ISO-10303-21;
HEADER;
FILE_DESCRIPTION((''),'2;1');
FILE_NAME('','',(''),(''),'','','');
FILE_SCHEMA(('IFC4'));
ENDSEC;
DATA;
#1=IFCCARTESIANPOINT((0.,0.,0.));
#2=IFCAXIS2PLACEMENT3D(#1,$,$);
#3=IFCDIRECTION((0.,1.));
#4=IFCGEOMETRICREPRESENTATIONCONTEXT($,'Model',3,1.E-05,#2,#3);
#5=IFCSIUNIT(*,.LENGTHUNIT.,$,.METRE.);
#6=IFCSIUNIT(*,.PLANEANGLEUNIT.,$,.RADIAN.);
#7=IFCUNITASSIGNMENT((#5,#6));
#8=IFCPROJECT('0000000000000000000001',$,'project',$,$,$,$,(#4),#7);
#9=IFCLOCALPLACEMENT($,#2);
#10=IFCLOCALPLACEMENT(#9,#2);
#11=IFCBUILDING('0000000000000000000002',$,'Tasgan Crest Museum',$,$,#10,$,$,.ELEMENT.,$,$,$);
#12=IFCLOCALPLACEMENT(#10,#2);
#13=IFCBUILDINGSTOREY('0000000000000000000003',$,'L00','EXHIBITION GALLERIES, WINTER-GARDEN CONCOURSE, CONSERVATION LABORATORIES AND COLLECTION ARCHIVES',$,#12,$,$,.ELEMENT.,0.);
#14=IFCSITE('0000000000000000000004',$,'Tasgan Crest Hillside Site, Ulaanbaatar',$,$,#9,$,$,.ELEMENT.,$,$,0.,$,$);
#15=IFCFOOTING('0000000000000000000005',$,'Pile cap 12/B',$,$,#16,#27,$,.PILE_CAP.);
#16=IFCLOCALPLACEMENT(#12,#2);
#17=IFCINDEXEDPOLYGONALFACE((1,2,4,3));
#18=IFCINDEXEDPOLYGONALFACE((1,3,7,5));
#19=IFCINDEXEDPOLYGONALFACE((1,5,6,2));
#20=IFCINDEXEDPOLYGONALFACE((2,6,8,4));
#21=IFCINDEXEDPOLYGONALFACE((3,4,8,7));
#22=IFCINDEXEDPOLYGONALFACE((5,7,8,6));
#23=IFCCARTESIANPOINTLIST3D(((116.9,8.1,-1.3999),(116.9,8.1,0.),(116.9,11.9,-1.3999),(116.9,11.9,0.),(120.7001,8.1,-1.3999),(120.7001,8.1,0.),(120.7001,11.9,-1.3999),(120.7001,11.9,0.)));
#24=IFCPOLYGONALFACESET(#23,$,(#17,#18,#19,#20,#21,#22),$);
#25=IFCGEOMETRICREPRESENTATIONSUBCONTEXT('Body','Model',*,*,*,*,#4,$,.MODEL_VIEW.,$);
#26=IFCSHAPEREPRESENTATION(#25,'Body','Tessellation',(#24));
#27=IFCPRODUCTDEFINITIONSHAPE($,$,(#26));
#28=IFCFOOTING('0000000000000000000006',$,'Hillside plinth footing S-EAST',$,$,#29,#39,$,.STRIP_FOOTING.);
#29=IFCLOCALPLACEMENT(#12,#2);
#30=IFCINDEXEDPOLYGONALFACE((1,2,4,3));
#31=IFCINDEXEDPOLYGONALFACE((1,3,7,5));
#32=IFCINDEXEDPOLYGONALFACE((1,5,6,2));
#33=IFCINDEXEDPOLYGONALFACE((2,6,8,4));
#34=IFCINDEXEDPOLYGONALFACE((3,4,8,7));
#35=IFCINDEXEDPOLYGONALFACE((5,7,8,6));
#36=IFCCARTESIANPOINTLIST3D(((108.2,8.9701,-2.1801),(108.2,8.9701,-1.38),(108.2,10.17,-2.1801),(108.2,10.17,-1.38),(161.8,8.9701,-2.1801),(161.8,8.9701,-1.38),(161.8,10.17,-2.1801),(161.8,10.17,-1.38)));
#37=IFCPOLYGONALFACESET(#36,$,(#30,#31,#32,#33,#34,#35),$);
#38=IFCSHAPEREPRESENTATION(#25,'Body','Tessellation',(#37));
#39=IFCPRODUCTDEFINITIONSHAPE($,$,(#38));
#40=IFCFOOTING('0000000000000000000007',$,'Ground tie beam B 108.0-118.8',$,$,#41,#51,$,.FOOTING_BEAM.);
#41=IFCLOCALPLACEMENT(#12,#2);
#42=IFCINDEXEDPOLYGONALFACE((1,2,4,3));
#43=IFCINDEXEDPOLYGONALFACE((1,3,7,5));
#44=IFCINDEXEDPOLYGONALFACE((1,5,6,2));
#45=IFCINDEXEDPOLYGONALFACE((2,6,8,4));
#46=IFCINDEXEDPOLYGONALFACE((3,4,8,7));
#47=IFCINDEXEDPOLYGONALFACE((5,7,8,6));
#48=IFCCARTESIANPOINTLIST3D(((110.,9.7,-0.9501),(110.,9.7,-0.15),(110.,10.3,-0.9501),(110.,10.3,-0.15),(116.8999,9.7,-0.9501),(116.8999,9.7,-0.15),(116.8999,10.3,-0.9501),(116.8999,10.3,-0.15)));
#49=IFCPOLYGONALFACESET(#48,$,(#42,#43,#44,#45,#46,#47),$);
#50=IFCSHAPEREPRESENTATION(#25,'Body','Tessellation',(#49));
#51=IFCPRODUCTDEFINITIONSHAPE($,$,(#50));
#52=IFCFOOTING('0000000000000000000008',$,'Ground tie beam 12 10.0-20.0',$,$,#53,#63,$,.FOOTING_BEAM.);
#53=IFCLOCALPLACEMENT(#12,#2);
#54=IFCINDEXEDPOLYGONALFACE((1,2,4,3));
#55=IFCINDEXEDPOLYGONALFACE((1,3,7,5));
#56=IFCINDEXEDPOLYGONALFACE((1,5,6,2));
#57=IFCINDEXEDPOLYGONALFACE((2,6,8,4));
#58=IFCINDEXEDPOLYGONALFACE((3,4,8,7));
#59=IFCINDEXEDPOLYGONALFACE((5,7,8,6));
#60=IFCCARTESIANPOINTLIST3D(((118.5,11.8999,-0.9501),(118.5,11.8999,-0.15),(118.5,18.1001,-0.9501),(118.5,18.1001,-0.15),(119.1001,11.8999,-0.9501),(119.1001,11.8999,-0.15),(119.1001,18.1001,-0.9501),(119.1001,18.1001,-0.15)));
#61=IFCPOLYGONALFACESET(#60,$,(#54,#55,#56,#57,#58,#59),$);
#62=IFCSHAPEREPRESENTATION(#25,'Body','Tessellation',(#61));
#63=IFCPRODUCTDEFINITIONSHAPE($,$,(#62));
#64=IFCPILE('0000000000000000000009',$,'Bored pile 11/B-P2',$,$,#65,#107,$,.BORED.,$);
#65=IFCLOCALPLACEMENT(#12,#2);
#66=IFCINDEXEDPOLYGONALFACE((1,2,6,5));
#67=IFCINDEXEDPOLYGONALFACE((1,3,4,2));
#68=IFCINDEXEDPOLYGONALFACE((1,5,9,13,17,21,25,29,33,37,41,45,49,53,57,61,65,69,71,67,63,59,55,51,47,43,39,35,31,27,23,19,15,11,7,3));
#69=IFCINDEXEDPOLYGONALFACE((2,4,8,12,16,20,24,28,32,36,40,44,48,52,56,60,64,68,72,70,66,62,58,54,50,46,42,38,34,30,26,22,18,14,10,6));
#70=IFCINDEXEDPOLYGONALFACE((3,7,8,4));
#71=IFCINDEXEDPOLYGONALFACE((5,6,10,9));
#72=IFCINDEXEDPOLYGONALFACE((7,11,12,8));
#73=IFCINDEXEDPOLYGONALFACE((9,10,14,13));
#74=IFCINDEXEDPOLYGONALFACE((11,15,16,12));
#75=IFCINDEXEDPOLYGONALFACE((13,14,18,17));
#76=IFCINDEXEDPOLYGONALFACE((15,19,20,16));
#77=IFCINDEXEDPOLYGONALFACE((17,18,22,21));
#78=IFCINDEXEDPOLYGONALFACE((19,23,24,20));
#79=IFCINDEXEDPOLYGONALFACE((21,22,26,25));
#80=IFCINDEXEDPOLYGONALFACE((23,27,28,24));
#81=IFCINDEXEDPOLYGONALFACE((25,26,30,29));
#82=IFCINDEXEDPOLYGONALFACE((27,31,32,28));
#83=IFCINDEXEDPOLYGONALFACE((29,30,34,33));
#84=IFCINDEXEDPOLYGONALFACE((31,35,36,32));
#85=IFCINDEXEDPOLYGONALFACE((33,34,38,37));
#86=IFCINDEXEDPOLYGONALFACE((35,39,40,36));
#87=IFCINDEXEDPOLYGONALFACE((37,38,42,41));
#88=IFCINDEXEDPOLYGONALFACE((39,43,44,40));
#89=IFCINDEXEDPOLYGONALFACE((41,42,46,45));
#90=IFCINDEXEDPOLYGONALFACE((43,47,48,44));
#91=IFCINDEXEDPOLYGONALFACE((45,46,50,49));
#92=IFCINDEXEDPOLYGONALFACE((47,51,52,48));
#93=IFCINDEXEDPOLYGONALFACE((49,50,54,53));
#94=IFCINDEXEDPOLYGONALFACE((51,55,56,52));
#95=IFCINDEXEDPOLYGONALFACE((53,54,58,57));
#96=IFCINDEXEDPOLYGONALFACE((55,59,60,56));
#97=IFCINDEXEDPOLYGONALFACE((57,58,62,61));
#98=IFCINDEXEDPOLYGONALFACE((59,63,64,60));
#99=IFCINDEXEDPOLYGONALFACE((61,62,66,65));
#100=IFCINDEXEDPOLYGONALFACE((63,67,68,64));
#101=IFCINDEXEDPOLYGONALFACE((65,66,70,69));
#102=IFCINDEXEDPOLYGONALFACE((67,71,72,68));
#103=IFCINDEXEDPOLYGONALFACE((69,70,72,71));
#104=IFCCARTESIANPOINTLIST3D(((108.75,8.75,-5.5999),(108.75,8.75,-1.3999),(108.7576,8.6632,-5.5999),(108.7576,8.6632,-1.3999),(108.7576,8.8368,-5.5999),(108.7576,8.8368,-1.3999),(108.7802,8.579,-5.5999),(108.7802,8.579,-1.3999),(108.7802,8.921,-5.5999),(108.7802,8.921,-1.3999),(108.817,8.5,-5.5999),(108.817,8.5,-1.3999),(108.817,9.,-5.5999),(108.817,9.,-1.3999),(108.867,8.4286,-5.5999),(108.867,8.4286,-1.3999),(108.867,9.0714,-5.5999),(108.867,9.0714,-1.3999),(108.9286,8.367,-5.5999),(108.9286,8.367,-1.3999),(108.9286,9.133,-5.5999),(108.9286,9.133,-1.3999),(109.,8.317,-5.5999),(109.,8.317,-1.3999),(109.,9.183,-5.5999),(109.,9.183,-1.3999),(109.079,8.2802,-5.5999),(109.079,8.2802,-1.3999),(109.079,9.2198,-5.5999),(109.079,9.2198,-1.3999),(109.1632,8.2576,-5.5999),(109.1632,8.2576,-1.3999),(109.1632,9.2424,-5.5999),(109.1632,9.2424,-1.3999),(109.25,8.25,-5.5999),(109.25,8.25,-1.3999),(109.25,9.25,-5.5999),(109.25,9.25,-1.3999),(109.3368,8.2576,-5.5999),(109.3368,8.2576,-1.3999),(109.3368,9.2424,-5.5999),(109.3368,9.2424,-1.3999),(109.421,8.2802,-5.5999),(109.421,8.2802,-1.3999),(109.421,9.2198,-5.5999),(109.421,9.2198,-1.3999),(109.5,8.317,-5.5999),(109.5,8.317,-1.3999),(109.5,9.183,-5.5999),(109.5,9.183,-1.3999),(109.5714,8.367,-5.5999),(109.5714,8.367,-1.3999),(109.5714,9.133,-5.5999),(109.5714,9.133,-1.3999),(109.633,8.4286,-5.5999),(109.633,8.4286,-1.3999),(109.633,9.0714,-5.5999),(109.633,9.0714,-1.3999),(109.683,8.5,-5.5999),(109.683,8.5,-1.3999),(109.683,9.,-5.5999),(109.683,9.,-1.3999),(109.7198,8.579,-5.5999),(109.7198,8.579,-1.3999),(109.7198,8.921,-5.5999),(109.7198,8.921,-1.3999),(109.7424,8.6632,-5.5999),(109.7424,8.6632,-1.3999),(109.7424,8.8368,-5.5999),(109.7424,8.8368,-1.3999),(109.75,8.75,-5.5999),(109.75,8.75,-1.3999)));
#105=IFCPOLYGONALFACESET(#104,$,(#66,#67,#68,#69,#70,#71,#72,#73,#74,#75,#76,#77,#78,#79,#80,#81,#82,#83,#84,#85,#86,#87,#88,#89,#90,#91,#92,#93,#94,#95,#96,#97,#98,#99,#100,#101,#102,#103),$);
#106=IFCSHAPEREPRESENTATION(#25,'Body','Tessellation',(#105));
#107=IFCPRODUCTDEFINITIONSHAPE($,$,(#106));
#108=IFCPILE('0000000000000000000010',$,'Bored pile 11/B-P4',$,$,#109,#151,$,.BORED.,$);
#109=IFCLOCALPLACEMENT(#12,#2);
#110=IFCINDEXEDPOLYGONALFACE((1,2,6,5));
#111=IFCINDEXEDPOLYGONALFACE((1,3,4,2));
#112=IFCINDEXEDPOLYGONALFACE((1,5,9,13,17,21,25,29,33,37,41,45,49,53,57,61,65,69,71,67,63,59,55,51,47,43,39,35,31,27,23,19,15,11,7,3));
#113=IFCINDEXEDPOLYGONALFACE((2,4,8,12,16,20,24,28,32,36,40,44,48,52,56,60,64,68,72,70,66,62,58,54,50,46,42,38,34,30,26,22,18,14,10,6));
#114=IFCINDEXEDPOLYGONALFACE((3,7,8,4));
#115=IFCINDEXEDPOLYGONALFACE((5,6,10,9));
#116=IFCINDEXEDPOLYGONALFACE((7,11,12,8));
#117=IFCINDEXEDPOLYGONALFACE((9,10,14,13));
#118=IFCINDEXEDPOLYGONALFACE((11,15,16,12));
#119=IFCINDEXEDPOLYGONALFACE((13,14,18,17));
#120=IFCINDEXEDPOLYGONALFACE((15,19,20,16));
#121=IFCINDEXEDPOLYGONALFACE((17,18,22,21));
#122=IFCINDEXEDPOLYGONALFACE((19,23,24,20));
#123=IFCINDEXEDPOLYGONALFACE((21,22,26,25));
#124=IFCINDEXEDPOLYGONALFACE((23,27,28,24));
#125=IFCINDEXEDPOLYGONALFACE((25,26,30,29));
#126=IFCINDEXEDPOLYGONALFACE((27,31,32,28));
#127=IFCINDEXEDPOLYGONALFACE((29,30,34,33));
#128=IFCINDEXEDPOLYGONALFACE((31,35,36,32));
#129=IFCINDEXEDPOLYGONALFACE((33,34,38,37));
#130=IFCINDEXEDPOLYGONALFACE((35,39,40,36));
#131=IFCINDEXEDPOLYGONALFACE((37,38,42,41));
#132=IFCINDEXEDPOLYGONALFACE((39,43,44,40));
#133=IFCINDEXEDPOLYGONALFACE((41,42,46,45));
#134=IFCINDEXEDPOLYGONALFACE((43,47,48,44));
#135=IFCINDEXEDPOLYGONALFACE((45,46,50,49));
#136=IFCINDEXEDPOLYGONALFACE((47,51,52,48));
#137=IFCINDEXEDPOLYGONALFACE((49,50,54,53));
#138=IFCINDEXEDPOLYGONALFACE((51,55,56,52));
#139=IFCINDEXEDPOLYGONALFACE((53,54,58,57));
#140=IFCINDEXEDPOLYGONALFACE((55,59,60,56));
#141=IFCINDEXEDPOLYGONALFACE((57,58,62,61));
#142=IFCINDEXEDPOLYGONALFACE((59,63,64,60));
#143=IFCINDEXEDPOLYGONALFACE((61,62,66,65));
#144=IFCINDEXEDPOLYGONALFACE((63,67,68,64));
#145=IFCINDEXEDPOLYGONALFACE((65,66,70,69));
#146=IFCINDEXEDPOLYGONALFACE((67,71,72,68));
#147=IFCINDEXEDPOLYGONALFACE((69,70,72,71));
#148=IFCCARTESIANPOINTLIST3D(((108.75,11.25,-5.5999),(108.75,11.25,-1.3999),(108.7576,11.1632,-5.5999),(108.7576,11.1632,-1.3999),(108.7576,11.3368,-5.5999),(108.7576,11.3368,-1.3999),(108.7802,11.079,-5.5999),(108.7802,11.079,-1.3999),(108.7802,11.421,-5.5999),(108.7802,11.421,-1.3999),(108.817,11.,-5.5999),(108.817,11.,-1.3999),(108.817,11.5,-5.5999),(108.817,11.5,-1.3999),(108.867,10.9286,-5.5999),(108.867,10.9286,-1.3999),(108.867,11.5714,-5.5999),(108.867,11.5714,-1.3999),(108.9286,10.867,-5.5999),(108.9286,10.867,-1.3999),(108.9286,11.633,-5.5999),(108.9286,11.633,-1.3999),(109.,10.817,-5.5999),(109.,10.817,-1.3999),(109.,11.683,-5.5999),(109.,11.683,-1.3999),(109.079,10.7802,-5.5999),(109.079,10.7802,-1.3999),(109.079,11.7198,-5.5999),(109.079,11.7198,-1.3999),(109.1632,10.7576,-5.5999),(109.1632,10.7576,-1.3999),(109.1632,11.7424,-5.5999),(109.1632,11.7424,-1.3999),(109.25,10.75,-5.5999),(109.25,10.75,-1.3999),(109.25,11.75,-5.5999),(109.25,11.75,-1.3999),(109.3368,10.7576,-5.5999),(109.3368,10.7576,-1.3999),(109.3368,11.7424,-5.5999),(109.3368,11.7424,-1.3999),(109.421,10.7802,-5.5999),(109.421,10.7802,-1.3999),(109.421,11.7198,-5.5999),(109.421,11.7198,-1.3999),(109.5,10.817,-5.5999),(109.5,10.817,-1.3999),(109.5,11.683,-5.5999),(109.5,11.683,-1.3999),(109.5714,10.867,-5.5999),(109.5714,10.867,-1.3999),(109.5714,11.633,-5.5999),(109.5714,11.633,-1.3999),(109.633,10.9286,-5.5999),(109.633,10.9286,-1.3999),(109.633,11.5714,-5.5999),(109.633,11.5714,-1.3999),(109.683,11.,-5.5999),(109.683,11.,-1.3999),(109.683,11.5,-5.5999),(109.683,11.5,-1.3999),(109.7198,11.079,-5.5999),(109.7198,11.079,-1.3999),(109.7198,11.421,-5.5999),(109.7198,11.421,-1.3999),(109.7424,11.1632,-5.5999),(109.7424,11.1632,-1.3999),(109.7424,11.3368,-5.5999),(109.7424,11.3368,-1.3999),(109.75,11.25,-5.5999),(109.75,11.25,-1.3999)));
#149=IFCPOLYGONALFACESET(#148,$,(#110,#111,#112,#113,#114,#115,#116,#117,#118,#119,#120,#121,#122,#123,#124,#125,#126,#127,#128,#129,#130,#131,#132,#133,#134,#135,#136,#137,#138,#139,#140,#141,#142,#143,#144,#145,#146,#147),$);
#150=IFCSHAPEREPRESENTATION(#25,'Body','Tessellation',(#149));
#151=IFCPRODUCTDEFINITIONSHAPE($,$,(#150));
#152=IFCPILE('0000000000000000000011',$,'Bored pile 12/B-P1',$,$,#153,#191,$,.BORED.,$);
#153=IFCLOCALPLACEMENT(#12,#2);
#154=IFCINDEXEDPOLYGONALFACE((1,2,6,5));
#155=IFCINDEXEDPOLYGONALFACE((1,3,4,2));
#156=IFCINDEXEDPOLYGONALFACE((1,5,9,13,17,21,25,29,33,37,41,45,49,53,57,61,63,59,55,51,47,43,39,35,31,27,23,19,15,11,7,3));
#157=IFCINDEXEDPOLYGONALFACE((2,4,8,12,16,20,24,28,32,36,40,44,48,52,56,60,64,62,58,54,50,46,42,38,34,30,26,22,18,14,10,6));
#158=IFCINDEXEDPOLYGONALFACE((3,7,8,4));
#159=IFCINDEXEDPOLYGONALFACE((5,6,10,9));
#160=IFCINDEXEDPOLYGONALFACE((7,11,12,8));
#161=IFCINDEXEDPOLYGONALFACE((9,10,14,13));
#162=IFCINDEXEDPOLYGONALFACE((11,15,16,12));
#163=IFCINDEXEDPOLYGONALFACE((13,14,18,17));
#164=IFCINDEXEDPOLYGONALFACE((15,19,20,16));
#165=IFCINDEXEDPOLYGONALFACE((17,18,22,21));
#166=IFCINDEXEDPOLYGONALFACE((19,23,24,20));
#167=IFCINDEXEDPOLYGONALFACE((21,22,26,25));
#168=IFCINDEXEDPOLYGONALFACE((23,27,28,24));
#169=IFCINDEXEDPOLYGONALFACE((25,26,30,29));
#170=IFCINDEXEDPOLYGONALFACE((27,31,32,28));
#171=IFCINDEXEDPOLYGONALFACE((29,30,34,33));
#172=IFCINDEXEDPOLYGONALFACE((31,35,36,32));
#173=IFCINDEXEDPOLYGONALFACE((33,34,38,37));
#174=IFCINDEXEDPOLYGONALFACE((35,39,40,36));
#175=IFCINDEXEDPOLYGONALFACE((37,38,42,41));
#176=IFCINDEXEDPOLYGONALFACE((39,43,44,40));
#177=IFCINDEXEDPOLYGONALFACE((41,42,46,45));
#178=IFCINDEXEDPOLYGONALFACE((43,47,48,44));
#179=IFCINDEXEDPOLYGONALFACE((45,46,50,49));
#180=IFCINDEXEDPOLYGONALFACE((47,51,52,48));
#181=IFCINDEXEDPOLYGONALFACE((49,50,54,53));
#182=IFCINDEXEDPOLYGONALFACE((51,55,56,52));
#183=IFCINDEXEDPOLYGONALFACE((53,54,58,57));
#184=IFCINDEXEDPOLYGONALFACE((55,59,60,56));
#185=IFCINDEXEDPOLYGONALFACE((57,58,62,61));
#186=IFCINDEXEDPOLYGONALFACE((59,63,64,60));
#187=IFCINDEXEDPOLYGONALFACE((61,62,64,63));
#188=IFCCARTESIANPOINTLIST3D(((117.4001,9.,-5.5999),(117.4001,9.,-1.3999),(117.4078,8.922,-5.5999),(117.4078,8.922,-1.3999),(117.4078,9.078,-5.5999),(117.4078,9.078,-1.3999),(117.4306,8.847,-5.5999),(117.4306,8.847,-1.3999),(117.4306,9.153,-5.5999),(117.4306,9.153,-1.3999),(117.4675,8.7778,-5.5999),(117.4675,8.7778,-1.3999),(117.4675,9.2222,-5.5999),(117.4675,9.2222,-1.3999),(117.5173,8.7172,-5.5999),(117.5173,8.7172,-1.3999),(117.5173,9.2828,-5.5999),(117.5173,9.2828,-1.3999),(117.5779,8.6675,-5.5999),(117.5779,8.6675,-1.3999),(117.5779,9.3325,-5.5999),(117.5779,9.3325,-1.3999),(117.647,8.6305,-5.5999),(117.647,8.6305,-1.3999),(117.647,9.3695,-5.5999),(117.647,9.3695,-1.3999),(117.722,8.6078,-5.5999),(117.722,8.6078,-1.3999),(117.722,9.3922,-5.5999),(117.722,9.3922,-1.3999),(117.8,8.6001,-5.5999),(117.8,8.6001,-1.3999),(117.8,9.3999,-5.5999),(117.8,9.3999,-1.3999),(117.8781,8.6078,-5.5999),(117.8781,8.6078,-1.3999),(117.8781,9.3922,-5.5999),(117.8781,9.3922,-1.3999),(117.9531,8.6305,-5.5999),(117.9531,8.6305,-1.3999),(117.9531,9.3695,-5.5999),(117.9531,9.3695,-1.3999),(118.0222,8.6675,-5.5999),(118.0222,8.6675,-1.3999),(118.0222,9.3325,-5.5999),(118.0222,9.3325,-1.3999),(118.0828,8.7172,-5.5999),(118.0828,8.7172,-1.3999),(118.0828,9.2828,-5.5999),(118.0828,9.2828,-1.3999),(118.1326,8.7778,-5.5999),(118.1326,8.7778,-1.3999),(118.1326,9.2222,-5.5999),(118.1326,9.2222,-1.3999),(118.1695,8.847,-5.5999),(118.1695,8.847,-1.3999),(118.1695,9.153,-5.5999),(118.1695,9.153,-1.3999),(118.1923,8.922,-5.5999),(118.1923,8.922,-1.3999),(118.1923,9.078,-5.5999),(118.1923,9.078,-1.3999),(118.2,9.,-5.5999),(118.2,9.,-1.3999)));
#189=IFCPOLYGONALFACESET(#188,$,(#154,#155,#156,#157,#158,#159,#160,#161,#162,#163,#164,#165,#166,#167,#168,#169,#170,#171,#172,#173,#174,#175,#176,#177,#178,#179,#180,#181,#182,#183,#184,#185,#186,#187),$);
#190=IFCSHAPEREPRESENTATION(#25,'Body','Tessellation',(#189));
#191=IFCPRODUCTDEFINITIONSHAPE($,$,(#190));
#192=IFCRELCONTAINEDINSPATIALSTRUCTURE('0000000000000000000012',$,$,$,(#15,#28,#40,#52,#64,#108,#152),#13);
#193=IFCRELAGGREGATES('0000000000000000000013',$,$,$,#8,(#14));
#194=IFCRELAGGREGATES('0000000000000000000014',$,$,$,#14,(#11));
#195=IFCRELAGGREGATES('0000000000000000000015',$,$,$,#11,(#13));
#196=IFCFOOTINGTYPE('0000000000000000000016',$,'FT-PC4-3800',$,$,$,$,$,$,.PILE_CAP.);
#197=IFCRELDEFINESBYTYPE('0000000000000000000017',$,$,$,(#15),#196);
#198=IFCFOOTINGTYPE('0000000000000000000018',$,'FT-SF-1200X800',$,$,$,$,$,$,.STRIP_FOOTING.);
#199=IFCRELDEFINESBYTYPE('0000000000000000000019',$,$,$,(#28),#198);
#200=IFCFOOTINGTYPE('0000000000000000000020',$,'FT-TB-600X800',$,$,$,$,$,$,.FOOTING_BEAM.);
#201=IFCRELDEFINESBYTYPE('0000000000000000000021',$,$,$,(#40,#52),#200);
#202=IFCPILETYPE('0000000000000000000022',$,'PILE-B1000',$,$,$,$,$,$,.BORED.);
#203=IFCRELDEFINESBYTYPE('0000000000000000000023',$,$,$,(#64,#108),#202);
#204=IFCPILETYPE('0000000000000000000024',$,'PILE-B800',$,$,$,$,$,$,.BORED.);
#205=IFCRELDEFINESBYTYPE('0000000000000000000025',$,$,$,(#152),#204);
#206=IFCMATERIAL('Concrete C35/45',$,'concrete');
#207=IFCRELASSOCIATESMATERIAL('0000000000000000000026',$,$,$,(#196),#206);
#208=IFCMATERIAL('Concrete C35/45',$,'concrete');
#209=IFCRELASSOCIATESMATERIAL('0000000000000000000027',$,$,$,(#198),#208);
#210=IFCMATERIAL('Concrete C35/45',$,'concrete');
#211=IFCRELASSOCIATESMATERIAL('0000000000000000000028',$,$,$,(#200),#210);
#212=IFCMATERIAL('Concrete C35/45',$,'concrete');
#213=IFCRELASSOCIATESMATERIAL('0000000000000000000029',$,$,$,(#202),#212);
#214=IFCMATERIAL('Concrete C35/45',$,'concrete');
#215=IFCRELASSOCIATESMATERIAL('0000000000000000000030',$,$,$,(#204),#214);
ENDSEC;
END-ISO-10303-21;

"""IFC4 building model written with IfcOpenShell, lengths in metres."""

from ifc_helpers import new_model, si_unit, direction, frame, origin, origin_2d, place, context, subcontext, project, spatial, rectangle, circle, extrude, material, material_profile, profile_set, type_object, element, save


model = new_model("IFC4")

# Units and contexts
model_context = context("Model", 3, precision=1e-05, world=origin(), true_north=direction((0.0, 1.0)))
body_context = subcontext(model_context, "Body", "Model", "MODEL_VIEW")
ifc_project = project(units=[si_unit("LENGTHUNIT", "METRE"), si_unit("PLANEANGLEUNIT", "RADIAN")], contexts=[model_context])

# Site, building, storey
site_placement = place(None, origin())
site = spatial("IfcSite", under=ifc_project, at=site_placement, Name="Tasgan Crest Hillside Site, Ulaanbaatar", CompositionType="ELEMENT", RefElevation=0.0)
building_placement = place(site_placement, origin())
building = spatial("IfcBuilding", under=site, at=building_placement, Name="Tasgan Crest Museum", CompositionType="ELEMENT")
storey_placement = place(building_placement, origin())
storey = spatial("IfcBuildingStorey", under=building, at=storey_placement, Name="L00", Description="EXHIBITION GALLERIES, WINTER-GARDEN CONCOURSE, CONSERVATION LABORATORIES AND COLLECTION ARCHIVES", CompositionType="ELEMENT", Elevation=0.0)

# Footings
ifc_material_1 = material(Name="Concrete C35/45", Category="concrete")
footing_type_1 = type_object("IfcFootingType", Name="FT-PC4-3800", PredefinedType="PILE_CAP", material=ifc_material_1)
footing_1_placement = place(storey_placement, frame((118.8, 10.0, -1.3999), z_axis=(0.0, 0.0, 1.0), x_axis=(1.0, 0.0, 0.0)))
element("IfcFooting", 1, at=footing_1_placement, inside=storey, type_object=footing_type_1, Name="Pile cap 12/B", PredefinedType="PILE_CAP", context=body_context, shape_type="SweptSolid", body=[
    extrude(rectangle(XDim=3.8, YDim=3.8, at=origin_2d()), origin(), (0.0, 0.0, 1.0), 1.3999),
])
ifc_material_2 = material(Name="Concrete C35/45", Category="concrete")
ifc_material_profile_1 = material_profile(ifc_material_2, rectangle(XDim=1.2, YDim=0.8, at=origin_2d()), Name="SF 1200x800")
ifc_profile_set_1 = profile_set([ifc_material_profile_1], Name="Concrete C35/45")
footing_type_2 = type_object("IfcFootingType", Name="FT-SF-1200X800", PredefinedType="STRIP_FOOTING", material=ifc_profile_set_1)
footing_2_placement = place(storey_placement, frame((108.2, 9.5701, -1.78), z_axis=(1.0, 0.0, 0.0), x_axis=(0.0, 1.0, 0.0)))
element("IfcFooting", 2, at=footing_2_placement, inside=storey, type_object=footing_type_2, Name="Hillside plinth footing S-EAST", PredefinedType="STRIP_FOOTING", context=body_context, shape_type="SweptSolid", body=[
    extrude(rectangle(XDim=1.2, YDim=0.8, at=origin_2d()), origin(), (0.0, 0.0, 1.0), 53.6001),
])
ifc_material_3 = material(Name="Concrete C35/45", Category="concrete")
ifc_material_profile_2 = material_profile(ifc_material_3, rectangle(XDim=0.6001, YDim=0.8, at=origin_2d()), Name="TB 600x800")
ifc_profile_set_2 = profile_set([ifc_material_profile_2], Name="Concrete C35/45")
footing_type_3 = type_object("IfcFootingType", Name="FT-TB-600X800", PredefinedType="FOOTING_BEAM", material=ifc_profile_set_2)
footing_3_placement = place(storey_placement, frame((110.0, 10.0, -0.55), z_axis=(1.0, 0.0, 0.0), x_axis=(0.0, 1.0, 0.0)))
element("IfcFooting", 3, at=footing_3_placement, inside=storey, type_object=footing_type_3, Name="Ground tie beam B 108.0-118.8", PredefinedType="FOOTING_BEAM", context=body_context, shape_type="SweptSolid", body=[
    extrude(rectangle(XDim=0.6001, YDim=0.8, at=origin_2d()), origin(), (0.0, 0.0, 1.0), 6.8999),
])
footing_4_placement = place(storey_placement, frame((118.8, 11.8999, -0.55), z_axis=(0.0, 1.0, 0.0), x_axis=(-1.0, 0.0, 0.0)))
element("IfcFooting", 4, at=footing_4_placement, inside=storey, type_object=footing_type_3, Name="Ground tie beam 12 10.0-20.0", PredefinedType="FOOTING_BEAM", context=body_context, shape_type="SweptSolid", body=[
    extrude(rectangle(XDim=0.6001, YDim=0.8, at=origin_2d()), origin(), (0.0, 0.0, 1.0), 6.2002),
])

# Piles
ifc_material_4 = material(Name="Concrete C35/45", Category="concrete")
ifc_material_profile_3 = material_profile(ifc_material_4, circle(Radius=0.5, at=origin_2d()), Name="PILE D1000")
ifc_profile_set_3 = profile_set([ifc_material_profile_3], Name="Concrete C35/45")
pile_type_1 = type_object("IfcPileType", Name="PILE-B1000", PredefinedType="BORED", material=ifc_profile_set_3)
for number, where, z_axis, x_axis, name in (
    (5, (109.25, 8.75, -1.3999), (0.0, 0.0, -1.0), (1.0, 0.0, 0.0), "Bored pile 11/B-P2"),
    (6, (109.25, 11.25, -1.3999), (0.0, 0.0, -1.0), (1.0, 0.0, 0.0), "Bored pile 11/B-P4"),
):
    element("IfcPile", number, at=place(storey_placement, frame(where, z_axis=z_axis, x_axis=x_axis)), inside=storey, type_object=pile_type_1, Name=name, PredefinedType="BORED", context=body_context, shape_type="SweptSolid", body=[
        extrude(circle(Radius=0.5, at=origin_2d()), origin(), (0.0, 0.0, 1.0), 4.2),
    ])
ifc_material_5 = material(Name="Concrete C35/45", Category="concrete")
ifc_material_profile_4 = material_profile(ifc_material_5, circle(Radius=0.3999, at=origin_2d()), Name="PILE D800")
ifc_profile_set_4 = profile_set([ifc_material_profile_4], Name="Concrete C35/45")
pile_type_2 = type_object("IfcPileType", Name="PILE-B800", PredefinedType="BORED", material=ifc_profile_set_4)
for number, where, z_axis, x_axis, name in (
    (7, (117.8, 9.0, -1.3999), (0.0, 0.0, -1.0), (1.0, 0.0, 0.0), "Bored pile 12/B-P1"),
):
    element("IfcPile", number, at=place(storey_placement, frame(where, z_axis=z_axis, x_axis=x_axis)), inside=storey, type_object=pile_type_2, Name=name, PredefinedType="BORED", context=body_context, shape_type="SweptSolid", body=[
        extrude(circle(Radius=0.3999, at=origin_2d()), origin(), (0.0, 0.0, 1.0), 4.2),
    ])

save(model, "model.ifc")
